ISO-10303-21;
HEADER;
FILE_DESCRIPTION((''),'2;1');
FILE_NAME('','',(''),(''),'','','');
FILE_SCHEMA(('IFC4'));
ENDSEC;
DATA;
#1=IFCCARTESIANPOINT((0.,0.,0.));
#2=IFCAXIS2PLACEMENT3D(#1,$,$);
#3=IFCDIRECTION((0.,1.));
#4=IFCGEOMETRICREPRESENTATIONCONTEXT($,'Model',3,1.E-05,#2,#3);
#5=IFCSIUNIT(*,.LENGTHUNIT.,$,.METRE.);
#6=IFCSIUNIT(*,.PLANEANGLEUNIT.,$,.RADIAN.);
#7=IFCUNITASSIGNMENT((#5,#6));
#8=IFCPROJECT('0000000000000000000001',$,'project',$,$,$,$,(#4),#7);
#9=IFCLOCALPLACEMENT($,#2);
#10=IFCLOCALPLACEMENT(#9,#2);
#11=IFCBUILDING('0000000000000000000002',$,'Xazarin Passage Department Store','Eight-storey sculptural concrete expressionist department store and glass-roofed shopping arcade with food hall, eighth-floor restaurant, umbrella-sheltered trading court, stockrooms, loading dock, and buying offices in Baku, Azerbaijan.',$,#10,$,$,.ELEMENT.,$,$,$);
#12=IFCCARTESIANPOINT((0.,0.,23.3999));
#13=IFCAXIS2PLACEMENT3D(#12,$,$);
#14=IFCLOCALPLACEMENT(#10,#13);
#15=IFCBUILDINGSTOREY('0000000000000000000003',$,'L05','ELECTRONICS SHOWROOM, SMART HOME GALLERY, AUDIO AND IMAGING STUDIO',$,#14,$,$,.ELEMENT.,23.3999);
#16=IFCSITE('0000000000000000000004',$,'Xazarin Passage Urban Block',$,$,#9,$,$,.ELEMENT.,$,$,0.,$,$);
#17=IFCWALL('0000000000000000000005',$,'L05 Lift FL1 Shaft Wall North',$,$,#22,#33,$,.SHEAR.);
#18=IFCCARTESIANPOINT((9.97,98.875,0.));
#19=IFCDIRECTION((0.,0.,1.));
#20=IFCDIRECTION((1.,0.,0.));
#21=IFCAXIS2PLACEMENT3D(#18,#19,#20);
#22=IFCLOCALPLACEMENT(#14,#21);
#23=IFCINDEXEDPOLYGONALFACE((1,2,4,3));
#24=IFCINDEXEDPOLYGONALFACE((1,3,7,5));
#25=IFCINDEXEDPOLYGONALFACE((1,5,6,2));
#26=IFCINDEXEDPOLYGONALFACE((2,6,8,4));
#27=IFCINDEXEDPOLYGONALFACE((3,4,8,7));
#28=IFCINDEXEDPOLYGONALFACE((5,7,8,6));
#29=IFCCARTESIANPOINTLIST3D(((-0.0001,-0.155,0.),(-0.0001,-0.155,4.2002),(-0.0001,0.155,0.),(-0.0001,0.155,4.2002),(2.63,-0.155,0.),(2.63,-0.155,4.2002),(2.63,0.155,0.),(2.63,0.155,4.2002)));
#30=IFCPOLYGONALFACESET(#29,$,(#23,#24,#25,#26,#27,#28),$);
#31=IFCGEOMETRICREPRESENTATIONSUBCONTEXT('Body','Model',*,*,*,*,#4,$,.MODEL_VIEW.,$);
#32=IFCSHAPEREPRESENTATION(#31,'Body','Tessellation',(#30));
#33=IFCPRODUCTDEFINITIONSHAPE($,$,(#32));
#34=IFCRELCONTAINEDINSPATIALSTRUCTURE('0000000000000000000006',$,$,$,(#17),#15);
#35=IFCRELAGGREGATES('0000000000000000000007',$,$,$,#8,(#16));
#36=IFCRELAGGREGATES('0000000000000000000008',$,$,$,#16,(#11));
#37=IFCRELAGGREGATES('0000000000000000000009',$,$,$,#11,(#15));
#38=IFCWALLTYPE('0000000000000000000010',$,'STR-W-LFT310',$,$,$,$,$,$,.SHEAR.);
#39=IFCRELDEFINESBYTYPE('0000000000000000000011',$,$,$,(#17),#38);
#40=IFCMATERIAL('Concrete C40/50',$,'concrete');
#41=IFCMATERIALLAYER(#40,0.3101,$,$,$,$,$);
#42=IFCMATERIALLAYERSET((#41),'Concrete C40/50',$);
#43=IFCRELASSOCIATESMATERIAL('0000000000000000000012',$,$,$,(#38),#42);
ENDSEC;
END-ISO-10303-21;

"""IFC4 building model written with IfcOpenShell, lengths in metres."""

from ifc_helpers import new_model, si_unit, direction, frame, frame_2d, origin, place, context, subcontext, project, spatial, rectangle, extrude, material, layer, layer_set, type_object, element, save


model = new_model("IFC4")

# Units and contexts
model_context = context("Model", 3, precision=1e-05, world=origin(), true_north=direction((0.0, 1.0)))
body_context = subcontext(model_context, "Body", "Model", "MODEL_VIEW")
ifc_project = project(units=[si_unit("LENGTHUNIT", "METRE"), si_unit("PLANEANGLEUNIT", "RADIAN")], contexts=[model_context])

# Site, building, storey
site_placement = place(None, origin())
site = spatial("IfcSite", under=ifc_project, at=site_placement, Name="Xazarin Passage Urban Block", CompositionType="ELEMENT", RefElevation=0.0)
building_placement = place(site_placement, origin())
building = spatial("IfcBuilding", under=site, at=building_placement, Name="Xazarin Passage Department Store", Description="Eight-storey sculptural concrete expressionist department store and glass-roofed shopping arcade with food hall, eighth-floor restaurant, umbrella-sheltered trading court, stockrooms, loading dock, and buying offices in Baku, Azerbaijan.", CompositionType="ELEMENT")
storey_placement = place(building_placement, frame((0.0, 0.0, 23.3999)))
storey = spatial("IfcBuildingStorey", under=building, at=storey_placement, Name="L05", Description="ELECTRONICS SHOWROOM, SMART HOME GALLERY, AUDIO AND IMAGING STUDIO", CompositionType="ELEMENT", Elevation=23.3999)

# Shared definitions
ifc_material_1 = material(Name="Concrete C40/50", Category="concrete")

# Wall
ifc_layer_1 = layer(ifc_material_1, 0.3101)
ifc_layer_set_1 = layer_set([ifc_layer_1], Name="Concrete C40/50")
wall_type_1 = type_object("IfcWallType", Name="STR-W-LFT310", PredefinedType="SHEAR", material=ifc_layer_set_1)
wall_1_placement = place(storey_placement, frame((9.97, 98.875, 0.0), z_axis=(0.0, 0.0, 1.0), x_axis=(1.0, 0.0, 0.0)))
element("IfcWall", 1, at=wall_1_placement, inside=storey, type_object=wall_type_1, Name="L05 Lift FL1 Shaft Wall North", PredefinedType="SHEAR", context=body_context, shape_type="SweptSolid", body=[
    extrude(rectangle(XDim=2.6301, YDim=0.3101, at=frame_2d((1.3149, 0.0))), origin(), (0.0, 0.0, 1.0), 4.2002),
])

save(model, "model.ifc")
